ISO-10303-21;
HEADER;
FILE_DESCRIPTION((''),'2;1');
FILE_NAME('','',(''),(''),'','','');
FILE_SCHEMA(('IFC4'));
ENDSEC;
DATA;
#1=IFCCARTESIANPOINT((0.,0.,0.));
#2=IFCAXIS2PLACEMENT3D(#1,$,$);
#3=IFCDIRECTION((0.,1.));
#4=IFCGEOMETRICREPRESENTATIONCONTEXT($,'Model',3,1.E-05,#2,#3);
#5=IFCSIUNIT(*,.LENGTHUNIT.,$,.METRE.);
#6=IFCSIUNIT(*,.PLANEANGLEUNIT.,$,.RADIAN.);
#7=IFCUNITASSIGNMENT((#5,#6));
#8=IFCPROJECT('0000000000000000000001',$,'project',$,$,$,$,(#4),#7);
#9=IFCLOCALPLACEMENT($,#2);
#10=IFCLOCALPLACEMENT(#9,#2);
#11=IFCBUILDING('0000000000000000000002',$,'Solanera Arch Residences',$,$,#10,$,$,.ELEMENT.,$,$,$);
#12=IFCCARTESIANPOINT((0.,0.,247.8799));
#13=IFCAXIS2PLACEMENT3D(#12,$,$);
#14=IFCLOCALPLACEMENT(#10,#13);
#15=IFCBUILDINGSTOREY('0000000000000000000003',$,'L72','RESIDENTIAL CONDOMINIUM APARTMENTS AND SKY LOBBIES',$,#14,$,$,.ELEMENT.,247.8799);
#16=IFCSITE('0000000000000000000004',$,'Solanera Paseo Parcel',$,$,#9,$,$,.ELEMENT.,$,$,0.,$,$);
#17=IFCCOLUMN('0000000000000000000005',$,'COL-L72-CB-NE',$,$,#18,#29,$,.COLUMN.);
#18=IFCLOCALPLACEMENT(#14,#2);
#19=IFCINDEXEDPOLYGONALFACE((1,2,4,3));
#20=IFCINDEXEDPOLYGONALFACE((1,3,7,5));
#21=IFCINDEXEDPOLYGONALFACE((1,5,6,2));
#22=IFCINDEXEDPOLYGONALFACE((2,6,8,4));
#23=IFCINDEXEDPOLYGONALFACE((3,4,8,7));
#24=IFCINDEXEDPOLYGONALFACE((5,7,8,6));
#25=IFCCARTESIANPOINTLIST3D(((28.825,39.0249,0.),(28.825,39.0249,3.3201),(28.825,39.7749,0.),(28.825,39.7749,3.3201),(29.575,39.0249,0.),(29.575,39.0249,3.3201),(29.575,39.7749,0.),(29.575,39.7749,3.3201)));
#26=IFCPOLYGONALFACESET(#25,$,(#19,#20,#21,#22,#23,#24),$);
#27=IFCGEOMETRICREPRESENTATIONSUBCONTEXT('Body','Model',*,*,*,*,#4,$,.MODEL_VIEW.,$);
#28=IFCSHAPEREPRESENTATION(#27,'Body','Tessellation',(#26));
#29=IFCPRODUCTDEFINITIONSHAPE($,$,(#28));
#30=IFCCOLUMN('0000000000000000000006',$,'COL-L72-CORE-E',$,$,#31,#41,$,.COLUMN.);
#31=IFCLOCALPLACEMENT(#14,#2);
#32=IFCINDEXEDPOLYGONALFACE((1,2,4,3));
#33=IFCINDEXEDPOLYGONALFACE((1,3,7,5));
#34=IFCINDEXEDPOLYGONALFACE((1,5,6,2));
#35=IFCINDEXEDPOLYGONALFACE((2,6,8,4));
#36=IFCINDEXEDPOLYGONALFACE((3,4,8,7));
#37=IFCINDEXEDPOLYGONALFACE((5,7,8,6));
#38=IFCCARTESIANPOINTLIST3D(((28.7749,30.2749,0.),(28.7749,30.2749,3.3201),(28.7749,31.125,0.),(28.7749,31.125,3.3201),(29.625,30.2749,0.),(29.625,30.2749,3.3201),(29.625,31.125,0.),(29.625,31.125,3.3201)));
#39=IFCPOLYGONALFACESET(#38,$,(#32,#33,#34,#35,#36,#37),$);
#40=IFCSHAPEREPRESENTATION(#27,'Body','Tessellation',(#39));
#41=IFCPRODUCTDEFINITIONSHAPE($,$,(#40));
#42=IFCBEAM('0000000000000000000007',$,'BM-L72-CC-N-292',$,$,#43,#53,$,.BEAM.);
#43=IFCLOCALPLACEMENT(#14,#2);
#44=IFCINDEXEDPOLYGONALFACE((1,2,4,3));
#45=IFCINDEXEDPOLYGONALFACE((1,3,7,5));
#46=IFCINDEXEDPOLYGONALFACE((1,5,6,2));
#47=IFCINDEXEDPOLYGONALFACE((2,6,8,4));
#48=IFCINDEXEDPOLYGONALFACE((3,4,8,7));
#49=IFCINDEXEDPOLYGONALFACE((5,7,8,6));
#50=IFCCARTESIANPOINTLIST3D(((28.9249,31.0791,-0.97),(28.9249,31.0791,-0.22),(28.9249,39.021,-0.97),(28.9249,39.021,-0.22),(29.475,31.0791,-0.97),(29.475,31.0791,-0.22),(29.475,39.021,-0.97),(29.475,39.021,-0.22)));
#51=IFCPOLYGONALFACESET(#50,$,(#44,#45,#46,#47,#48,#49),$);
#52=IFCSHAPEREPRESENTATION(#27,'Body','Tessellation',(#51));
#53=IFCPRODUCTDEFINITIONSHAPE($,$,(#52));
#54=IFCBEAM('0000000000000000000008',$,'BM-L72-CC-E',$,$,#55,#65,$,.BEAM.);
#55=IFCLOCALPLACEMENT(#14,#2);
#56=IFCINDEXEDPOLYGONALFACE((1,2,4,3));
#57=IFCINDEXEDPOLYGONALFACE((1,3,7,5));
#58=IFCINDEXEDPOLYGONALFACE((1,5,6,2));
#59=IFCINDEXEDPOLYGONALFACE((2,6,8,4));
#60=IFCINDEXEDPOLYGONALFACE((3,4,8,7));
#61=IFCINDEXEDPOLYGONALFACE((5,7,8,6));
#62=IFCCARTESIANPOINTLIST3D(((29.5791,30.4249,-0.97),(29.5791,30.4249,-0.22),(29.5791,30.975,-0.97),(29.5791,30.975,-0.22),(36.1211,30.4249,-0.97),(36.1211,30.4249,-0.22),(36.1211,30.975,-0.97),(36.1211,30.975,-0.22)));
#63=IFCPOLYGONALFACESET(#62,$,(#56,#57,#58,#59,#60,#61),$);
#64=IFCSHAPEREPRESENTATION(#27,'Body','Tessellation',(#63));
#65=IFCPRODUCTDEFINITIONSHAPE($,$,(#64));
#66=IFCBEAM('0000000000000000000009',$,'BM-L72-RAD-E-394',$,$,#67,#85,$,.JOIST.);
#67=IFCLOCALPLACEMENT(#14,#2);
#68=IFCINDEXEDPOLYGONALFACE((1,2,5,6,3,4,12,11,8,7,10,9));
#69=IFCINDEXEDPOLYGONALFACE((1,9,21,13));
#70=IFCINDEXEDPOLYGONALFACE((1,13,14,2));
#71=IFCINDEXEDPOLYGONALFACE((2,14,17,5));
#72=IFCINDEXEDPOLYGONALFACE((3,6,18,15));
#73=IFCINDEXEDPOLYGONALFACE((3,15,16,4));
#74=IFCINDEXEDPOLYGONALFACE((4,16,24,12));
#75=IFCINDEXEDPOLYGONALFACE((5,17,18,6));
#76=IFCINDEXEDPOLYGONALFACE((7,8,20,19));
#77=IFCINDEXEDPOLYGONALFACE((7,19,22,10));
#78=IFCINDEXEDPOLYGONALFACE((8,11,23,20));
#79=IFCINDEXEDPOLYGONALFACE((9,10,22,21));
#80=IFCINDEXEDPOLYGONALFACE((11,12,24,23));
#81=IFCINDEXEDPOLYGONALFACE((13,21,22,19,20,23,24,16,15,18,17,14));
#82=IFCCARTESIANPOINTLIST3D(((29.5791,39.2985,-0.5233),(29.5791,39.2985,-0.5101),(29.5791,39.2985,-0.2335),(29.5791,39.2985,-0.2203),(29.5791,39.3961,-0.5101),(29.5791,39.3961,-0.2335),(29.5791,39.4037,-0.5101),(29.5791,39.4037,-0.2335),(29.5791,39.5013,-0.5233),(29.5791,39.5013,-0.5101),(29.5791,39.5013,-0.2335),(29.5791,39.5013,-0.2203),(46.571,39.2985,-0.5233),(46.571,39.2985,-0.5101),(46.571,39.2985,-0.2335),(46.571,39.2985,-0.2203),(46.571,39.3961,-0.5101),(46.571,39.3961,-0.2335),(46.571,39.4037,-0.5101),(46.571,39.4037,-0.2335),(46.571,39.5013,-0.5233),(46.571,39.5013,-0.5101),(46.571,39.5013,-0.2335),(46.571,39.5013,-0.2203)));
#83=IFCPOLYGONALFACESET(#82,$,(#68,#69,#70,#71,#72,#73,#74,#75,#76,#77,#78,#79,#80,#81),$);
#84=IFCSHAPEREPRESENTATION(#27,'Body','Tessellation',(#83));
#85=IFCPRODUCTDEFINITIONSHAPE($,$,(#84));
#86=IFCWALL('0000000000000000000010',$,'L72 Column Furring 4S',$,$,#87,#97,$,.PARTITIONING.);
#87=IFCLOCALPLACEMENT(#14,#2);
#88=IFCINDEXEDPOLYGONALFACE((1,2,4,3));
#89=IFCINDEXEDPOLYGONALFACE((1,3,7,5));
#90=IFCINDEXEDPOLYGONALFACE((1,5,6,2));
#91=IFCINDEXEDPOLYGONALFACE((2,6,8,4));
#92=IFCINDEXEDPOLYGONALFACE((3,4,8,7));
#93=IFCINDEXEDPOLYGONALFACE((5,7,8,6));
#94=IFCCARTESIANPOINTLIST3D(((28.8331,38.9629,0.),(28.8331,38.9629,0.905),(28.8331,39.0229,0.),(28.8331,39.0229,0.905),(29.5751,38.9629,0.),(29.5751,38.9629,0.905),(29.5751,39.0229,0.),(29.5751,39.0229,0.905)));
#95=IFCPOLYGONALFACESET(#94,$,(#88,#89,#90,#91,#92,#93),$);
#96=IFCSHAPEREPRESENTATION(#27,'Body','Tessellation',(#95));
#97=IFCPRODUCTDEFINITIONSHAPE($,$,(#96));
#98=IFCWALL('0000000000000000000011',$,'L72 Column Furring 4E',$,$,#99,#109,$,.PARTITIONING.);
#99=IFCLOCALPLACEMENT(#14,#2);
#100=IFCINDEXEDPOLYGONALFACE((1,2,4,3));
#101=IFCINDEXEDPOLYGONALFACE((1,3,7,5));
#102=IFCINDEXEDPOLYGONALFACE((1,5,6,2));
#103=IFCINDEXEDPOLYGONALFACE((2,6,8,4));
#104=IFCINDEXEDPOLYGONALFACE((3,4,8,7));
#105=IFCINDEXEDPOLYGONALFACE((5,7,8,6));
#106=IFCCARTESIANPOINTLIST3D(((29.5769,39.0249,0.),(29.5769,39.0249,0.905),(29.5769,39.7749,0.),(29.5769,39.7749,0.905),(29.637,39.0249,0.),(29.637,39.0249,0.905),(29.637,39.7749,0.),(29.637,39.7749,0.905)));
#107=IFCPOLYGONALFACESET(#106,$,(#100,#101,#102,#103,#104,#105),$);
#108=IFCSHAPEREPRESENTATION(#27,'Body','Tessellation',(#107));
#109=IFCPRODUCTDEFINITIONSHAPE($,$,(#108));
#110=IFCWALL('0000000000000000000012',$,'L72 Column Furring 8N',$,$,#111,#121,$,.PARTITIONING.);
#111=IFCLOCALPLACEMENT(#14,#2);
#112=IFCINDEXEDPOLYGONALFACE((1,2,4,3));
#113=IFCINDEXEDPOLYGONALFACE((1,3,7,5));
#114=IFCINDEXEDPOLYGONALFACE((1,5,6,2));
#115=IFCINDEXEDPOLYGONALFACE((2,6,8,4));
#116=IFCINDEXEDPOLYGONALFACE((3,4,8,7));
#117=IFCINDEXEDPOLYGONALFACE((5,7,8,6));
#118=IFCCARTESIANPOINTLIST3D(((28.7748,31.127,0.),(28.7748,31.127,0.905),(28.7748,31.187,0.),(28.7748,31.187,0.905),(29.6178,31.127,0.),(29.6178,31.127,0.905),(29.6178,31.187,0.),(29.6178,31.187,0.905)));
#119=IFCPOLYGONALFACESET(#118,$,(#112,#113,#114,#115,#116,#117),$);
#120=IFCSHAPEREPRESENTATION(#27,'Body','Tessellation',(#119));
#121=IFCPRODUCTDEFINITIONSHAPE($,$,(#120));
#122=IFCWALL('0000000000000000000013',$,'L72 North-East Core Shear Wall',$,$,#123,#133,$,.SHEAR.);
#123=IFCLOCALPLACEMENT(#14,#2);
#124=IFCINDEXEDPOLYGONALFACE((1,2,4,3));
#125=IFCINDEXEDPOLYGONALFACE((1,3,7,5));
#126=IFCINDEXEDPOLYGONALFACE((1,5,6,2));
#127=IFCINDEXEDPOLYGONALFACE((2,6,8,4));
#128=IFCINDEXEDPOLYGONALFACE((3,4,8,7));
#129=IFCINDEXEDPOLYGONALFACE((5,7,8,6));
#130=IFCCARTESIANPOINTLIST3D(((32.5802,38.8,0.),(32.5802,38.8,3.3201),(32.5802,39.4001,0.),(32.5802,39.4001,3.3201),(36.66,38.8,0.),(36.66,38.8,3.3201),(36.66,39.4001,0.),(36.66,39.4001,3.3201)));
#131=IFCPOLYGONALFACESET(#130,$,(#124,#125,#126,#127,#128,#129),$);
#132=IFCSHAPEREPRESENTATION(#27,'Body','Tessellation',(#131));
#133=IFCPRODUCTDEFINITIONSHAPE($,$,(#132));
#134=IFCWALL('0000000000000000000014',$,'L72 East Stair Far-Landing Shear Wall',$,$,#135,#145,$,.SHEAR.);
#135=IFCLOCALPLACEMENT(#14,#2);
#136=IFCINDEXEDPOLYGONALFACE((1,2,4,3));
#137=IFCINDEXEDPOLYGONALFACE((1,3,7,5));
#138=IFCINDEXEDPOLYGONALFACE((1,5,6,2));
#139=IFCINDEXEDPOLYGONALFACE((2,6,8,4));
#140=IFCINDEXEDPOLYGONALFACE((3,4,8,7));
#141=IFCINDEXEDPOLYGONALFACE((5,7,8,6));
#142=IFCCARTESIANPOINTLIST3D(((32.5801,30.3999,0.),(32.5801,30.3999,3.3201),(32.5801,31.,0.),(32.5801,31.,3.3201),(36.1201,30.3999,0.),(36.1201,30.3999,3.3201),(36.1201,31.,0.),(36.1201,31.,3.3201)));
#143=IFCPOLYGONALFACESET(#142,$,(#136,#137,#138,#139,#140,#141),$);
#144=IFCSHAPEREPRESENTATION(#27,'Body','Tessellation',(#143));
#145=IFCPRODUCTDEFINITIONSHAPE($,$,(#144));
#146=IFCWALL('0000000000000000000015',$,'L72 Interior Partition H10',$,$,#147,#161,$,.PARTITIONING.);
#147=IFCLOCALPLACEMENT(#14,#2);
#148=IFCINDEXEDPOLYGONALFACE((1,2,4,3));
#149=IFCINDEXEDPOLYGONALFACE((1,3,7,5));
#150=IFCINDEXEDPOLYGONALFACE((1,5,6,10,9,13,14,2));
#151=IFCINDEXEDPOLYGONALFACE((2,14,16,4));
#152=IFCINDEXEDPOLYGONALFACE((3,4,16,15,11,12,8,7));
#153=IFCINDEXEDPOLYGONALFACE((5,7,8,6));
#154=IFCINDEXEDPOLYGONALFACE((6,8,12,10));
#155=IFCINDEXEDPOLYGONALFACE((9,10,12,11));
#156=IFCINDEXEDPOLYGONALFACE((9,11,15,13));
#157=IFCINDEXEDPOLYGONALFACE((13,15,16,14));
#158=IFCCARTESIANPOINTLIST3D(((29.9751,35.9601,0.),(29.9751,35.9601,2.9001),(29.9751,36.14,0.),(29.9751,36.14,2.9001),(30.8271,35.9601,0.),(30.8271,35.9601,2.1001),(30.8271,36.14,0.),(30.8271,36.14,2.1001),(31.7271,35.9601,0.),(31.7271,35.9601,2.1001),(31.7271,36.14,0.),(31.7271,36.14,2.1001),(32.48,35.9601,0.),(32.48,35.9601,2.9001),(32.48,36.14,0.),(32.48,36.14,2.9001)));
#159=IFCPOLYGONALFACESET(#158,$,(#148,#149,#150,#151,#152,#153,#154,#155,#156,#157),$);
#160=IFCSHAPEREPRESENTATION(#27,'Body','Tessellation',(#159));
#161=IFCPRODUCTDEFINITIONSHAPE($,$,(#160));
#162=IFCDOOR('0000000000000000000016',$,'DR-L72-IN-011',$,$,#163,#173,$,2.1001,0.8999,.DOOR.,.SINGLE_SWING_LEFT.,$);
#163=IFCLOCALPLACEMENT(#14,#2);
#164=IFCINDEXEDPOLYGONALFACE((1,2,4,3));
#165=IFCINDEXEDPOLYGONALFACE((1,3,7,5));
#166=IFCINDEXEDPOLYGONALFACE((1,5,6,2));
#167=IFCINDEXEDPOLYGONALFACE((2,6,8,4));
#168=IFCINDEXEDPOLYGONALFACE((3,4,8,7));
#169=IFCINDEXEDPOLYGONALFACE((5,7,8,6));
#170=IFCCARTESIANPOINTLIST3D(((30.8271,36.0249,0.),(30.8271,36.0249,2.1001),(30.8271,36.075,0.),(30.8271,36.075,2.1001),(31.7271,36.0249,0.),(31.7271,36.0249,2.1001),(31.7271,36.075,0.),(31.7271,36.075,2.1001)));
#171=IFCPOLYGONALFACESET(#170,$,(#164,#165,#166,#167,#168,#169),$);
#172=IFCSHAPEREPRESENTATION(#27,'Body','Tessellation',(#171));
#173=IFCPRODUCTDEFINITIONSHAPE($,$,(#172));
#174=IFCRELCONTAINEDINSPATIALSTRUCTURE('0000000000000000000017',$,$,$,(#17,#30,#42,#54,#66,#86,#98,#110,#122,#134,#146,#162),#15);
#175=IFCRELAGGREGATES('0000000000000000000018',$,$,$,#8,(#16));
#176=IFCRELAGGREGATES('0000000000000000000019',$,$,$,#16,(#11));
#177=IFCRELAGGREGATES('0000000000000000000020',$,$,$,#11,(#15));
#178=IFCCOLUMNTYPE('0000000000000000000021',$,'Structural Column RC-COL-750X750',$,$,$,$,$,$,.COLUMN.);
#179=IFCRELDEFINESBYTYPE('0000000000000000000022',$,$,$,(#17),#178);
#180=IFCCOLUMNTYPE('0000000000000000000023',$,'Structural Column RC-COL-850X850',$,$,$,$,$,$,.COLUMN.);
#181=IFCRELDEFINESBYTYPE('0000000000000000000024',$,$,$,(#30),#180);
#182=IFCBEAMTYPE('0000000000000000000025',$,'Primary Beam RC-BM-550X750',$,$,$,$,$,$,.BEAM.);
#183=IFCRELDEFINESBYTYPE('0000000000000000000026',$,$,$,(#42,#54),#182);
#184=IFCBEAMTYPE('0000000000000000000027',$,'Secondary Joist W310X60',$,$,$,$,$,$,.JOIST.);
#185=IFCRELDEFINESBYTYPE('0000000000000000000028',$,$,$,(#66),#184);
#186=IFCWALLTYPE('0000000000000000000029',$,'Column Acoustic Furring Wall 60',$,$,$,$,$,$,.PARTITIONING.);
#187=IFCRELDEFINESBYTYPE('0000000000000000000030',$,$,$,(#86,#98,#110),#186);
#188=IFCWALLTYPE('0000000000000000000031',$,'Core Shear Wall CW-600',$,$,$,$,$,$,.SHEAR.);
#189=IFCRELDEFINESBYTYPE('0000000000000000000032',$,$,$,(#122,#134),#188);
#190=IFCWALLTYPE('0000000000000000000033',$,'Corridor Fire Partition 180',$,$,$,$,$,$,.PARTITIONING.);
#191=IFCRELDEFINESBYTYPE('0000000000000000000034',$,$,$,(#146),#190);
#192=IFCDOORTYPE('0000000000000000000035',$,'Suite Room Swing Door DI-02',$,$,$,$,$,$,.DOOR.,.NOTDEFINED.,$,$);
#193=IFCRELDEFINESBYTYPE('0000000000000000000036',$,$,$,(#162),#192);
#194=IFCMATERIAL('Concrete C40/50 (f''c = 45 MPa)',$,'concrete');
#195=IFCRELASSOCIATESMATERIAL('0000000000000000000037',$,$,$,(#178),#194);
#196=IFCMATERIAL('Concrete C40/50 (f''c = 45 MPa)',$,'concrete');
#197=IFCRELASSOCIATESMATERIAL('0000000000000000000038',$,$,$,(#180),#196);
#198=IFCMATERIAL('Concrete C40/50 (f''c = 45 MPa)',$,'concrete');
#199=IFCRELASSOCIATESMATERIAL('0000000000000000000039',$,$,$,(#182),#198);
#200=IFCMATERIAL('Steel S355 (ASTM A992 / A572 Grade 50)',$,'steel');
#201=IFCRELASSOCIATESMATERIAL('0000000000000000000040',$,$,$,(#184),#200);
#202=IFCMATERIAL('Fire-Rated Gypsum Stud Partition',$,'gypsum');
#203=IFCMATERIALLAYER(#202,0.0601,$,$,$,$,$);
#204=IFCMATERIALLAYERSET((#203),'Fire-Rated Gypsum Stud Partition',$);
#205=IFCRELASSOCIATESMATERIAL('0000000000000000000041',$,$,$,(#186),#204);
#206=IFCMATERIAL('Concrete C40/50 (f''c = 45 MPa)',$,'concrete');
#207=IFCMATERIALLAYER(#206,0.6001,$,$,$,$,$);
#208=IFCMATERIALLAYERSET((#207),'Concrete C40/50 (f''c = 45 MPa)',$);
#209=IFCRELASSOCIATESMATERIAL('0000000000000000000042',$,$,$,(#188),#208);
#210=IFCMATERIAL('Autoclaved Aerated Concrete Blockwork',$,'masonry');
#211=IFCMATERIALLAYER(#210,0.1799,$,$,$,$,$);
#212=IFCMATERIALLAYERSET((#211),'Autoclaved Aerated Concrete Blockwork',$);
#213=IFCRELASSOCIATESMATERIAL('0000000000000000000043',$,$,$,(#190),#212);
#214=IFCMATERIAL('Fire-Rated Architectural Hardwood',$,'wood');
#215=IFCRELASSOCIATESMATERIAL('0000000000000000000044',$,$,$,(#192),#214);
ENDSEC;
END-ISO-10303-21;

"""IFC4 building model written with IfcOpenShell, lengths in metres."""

from ifc_helpers import new_model, si_unit, direction, frame, frame_2d, origin, origin_2d, place, context, subcontext, project, spatial, rectangle, i_section, extrude, material, layer, layer_set, material_profile, profile_set, type_object, element, fill, save


model = new_model("IFC4")

# Units and contexts
model_context = context("Model", 3, precision=1e-05, world=origin(), true_north=direction((0.0, 1.0)))
body_context = subcontext(model_context, "Body", "Model", "MODEL_VIEW")
ifc_project = project(units=[si_unit("LENGTHUNIT", "METRE"), si_unit("PLANEANGLEUNIT", "RADIAN")], contexts=[model_context])

# Site, building, storey
site_placement = place(None, origin())
site = spatial("IfcSite", under=ifc_project, at=site_placement, Name="Solanera Paseo Parcel", CompositionType="ELEMENT", RefElevation=0.0)
building_placement = place(site_placement, origin())
building = spatial("IfcBuilding", under=site, at=building_placement, Name="Solanera Arch Residences", CompositionType="ELEMENT")
storey_placement = place(building_placement, frame((0.0, 0.0, 247.8799)))
storey = spatial("IfcBuildingStorey", under=building, at=storey_placement, Name="L72", Description="RESIDENTIAL CONDOMINIUM APARTMENTS AND SKY LOBBIES", CompositionType="ELEMENT", Elevation=247.8799)

# Columns
ifc_material_1 = material(Name="Concrete C40/50 (f'c = 45 MPa)", Category="concrete")
ifc_material_profile_1 = material_profile(ifc_material_1, rectangle(XDim=0.75, YDim=0.75, at=origin_2d()))
ifc_profile_set_1 = profile_set([ifc_material_profile_1], Name="Concrete C40/50 (f'c = 45 MPa)")
column_type_1 = type_object("IfcColumnType", Name="Structural Column RC-COL-750X750", PredefinedType="COLUMN", material=ifc_profile_set_1)
column_1_placement = place(storey_placement, frame((29.2, 39.3999, 0.0), z_axis=(0.0, 0.0, 1.0), x_axis=(1.0, 0.0, 0.0)))
element("IfcColumn", 1, at=column_1_placement, inside=storey, type_object=column_type_1, Name="COL-L72-CB-NE", PredefinedType="COLUMN", context=body_context, shape_type="SweptSolid", body=[
    extrude(rectangle(XDim=0.75, YDim=0.75, at=origin_2d()), origin(), (0.0, 0.0, 1.0), 3.3201),
])
ifc_material_2 = material(Name="Concrete C40/50 (f'c = 45 MPa)", Category="concrete")
ifc_material_profile_2 = material_profile(ifc_material_2, rectangle(XDim=0.8501, YDim=0.8501, at=origin_2d()))
ifc_profile_set_2 = profile_set([ifc_material_profile_2], Name="Concrete C40/50 (f'c = 45 MPa)")
column_type_2 = type_object("IfcColumnType", Name="Structural Column RC-COL-850X850", PredefinedType="COLUMN", material=ifc_profile_set_2)
column_2_placement = place(storey_placement, frame((29.2, 30.7, 0.0), z_axis=(0.0, 0.0, 1.0), x_axis=(1.0, 0.0, 0.0)))
element("IfcColumn", 2, at=column_2_placement, inside=storey, type_object=column_type_2, Name="COL-L72-CORE-E", PredefinedType="COLUMN", context=body_context, shape_type="SweptSolid", body=[
    extrude(rectangle(XDim=0.8501, YDim=0.8501, at=origin_2d()), origin(), (0.0, 0.0, 1.0), 3.3201),
])

# Beams
ifc_material_3 = material(Name="Concrete C40/50 (f'c = 45 MPa)", Category="concrete")
ifc_material_profile_3 = material_profile(ifc_material_3, rectangle(XDim=0.55, YDim=0.75, at=origin_2d()))
ifc_profile_set_3 = profile_set([ifc_material_profile_3], Name="Concrete C40/50 (f'c = 45 MPa)")
beam_type_1 = type_object("IfcBeamType", Name="Primary Beam RC-BM-550X750", PredefinedType="BEAM", material=ifc_profile_set_3)
beam_1_placement = place(storey_placement, frame((29.2, 31.0791, -0.595), z_axis=(0.0, 1.0, 0.0), x_axis=(-1.0, 0.0, 0.0)))
element("IfcBeam", 3, at=beam_1_placement, inside=storey, type_object=beam_type_1, Name="BM-L72-CC-N-292", PredefinedType="BEAM", context=body_context, shape_type="SweptSolid", body=[
    extrude(rectangle(XDim=0.55, YDim=0.75, at=origin_2d()), origin(), (0.0, 0.0, 1.0), 7.9419),
])
beam_2_placement = place(storey_placement, frame((29.5791, 30.7, -0.595), z_axis=(1.0, 0.0, 0.0), x_axis=(0.0, 1.0, 0.0)))
element("IfcBeam", 4, at=beam_2_placement, inside=storey, type_object=beam_type_1, Name="BM-L72-CC-E", PredefinedType="BEAM", context=body_context, shape_type="SweptSolid", body=[
    extrude(rectangle(XDim=0.55, YDim=0.75, at=origin_2d()), origin(), (0.0, 0.0, 1.0), 6.542),
])
ifc_material_4 = material(Name="Steel S355 (ASTM A992 / A572 Grade 50)", Category="steel")
ifc_material_profile_4 = material_profile(ifc_material_4, i_section(OverallWidth=0.2029, OverallDepth=0.303, WebThickness=0.0076, FlangeThickness=0.0132, at=origin_2d()))
ifc_profile_set_4 = profile_set([ifc_material_profile_4], Name="Steel S355 (ASTM A992 / A572 Grade 50)")
beam_type_2 = type_object("IfcBeamType", Name="Secondary Joist W310X60", PredefinedType="JOIST", material=ifc_profile_set_4)
beam_3_placement = place(storey_placement, frame((29.5791, 39.3999, -0.3718), z_axis=(1.0, 0.0, 0.0), x_axis=(0.0, 1.0, 0.0)))
element("IfcBeam", 5, at=beam_3_placement, inside=storey, type_object=beam_type_2, Name="BM-L72-RAD-E-394", PredefinedType="JOIST", context=body_context, shape_type="SweptSolid", body=[
    extrude(i_section(OverallWidth=0.2029, OverallDepth=0.303, WebThickness=0.0076, FlangeThickness=0.0132, at=origin_2d()), origin(), (0.0, 0.0, 1.0), 16.9919),
])

# Walls
ifc_material_5 = material(Name="Fire-Rated Gypsum Stud Partition", Category="gypsum")
ifc_layer_1 = layer(ifc_material_5, 0.0601)
ifc_layer_set_1 = layer_set([ifc_layer_1], Name="Fire-Rated Gypsum Stud Partition")
wall_type_1 = type_object("IfcWallType", Name="Column Acoustic Furring Wall 60", PredefinedType="PARTITIONING", material=ifc_layer_set_1)
wall_1_placement = place(storey_placement, frame((28.833, 38.9929, 0.0), z_axis=(0.0, 0.0, 1.0), x_axis=(1.0, 0.0, 0.0)))
element("IfcWall", 6, at=wall_1_placement, inside=storey, type_object=wall_type_1, Name="L72 Column Furring 4S", PredefinedType="PARTITIONING", context=body_context, shape_type="SweptSolid", body=[
    extrude(rectangle(XDim=0.7419, YDim=0.0601, at=frame_2d((0.3711, 0.0))), origin(), (0.0, 0.0, 1.0), 0.905),
])
wall_2_placement = place(storey_placement, frame((29.6069, 39.0249, 0.0), z_axis=(0.0, 0.0, 1.0), x_axis=(0.0, 1.0, 0.0)))
element("IfcWall", 7, at=wall_2_placement, inside=storey, type_object=wall_type_1, Name="L72 Column Furring 4E", PredefinedType="PARTITIONING", context=body_context, shape_type="SweptSolid", body=[
    extrude(rectangle(XDim=0.75, YDim=0.0601, at=frame_2d((0.375, 0.0))), origin(), (0.0, 0.0, 1.0), 0.905),
])
wall_3_placement = place(storey_placement, frame((28.7749, 31.157, 0.0), z_axis=(0.0, 0.0, 1.0), x_axis=(1.0, 0.0, 0.0)))
element("IfcWall", 8, at=wall_3_placement, inside=storey, type_object=wall_type_1, Name="L72 Column Furring 8N", PredefinedType="PARTITIONING", context=body_context, shape_type="SweptSolid", body=[
    extrude(rectangle(XDim=0.843, YDim=0.0601, at=frame_2d((0.4214, 0.0))), origin(), (0.0, 0.0, 1.0), 0.905),
])

# Walls
ifc_material_6 = material(Name="Concrete C40/50 (f'c = 45 MPa)", Category="concrete")
ifc_layer_2 = layer(ifc_material_6, 0.6001)
ifc_layer_set_2 = layer_set([ifc_layer_2], Name="Concrete C40/50 (f'c = 45 MPa)")
wall_type_2 = type_object("IfcWallType", Name="Core Shear Wall CW-600", PredefinedType="SHEAR", material=ifc_layer_set_2)
wall_4_placement = place(storey_placement, frame((32.5801, 39.1001, 0.0), z_axis=(0.0, 0.0, 1.0), x_axis=(1.0, 0.0, 0.0)))
element("IfcWall", 9, at=wall_4_placement, inside=storey, type_object=wall_type_2, Name="L72 North-East Core Shear Wall", PredefinedType="SHEAR", context=body_context, shape_type="SweptSolid", body=[
    extrude(rectangle(XDim=4.0798, YDim=0.6001, at=frame_2d((2.04, 0.0))), origin(), (0.0, 0.0, 1.0), 3.3201),
])
wall_5_placement = place(storey_placement, frame((32.5801, 30.7, 0.0), z_axis=(0.0, 0.0, 1.0), x_axis=(1.0, 0.0, 0.0)))
element("IfcWall", 10, at=wall_5_placement, inside=storey, type_object=wall_type_2, Name="L72 East Stair Far-Landing Shear Wall", PredefinedType="SHEAR", context=body_context, shape_type="SweptSolid", body=[
    extrude(rectangle(XDim=3.54, YDim=0.6001, at=frame_2d((1.77, 0.0))), origin(), (0.0, 0.0, 1.0), 3.3201),
])

# Wall, opening, door
ifc_material_7 = material(Name="Autoclaved Aerated Concrete Blockwork", Category="masonry")
ifc_layer_3 = layer(ifc_material_7, 0.1799)
ifc_layer_set_3 = layer_set([ifc_layer_3], Name="Autoclaved Aerated Concrete Blockwork")
wall_type_3 = type_object("IfcWallType", Name="Corridor Fire Partition 180", PredefinedType="PARTITIONING", material=ifc_layer_set_3)
wall_6_placement = place(storey_placement, frame((29.9751, 36.05, 0.0), z_axis=(0.0, 0.0, 1.0), x_axis=(1.0, 0.0, 0.0)))
wall_6 = element("IfcWall", 11, at=wall_6_placement, inside=storey, type_object=wall_type_3, Name="L72 Interior Partition H10", PredefinedType="PARTITIONING", context=body_context, shape_type="SweptSolid", body=[
    extrude(rectangle(XDim=2.5049, YDim=0.1799, at=frame_2d((1.2524, 0.0))), origin(), (0.0, 0.0, 1.0), 2.9001),
])
opening_1_placement = place(wall_6_placement, frame((0.8521, 0.0, 0.0)))
opening_1 = element("IfcOpeningElement", 12, at=opening_1_placement, cuts=wall_6, PredefinedType="OPENING", context=body_context, shape_type="SweptSolid", body=[
    extrude(rectangle(XDim=0.8999, YDim=2.1001, at=frame_2d((0.45, 1.05))), frame((0.0, 0.1001, 0.0), z_axis=(0.0, -1.0, 0.0), x_axis=(1.0, 0.0, 0.0)), (0.0, 0.0, 1.0), 0.1999),
])
ifc_material_8 = material(Name="Fire-Rated Architectural Hardwood", Category="wood")
door_type_1 = type_object("IfcDoorType", Name="Suite Room Swing Door DI-02", OperationType="NOTDEFINED", PredefinedType="DOOR", material=ifc_material_8)
door_1_placement = place(opening_1_placement, origin())
door_1 = element("IfcDoor", 13, at=door_1_placement, inside=storey, type_object=door_type_1, Name="DR-L72-IN-011", OperationType="SINGLE_SWING_LEFT", OverallHeight=2.1001, OverallWidth=0.8999, PredefinedType="DOOR", context=body_context, shape_type="SweptSolid", body=[
    extrude(rectangle(XDim=0.8999, YDim=2.1001, at=frame_2d((0.45, 1.05))), frame((0.0, 0.0249, 0.0), z_axis=(0.0, -1.0, 0.0), x_axis=(1.0, 0.0, 0.0)), (0.0, 0.0, 1.0), 0.05),
])
fill(opening_1, door_1)

save(model, "model.ifc")
